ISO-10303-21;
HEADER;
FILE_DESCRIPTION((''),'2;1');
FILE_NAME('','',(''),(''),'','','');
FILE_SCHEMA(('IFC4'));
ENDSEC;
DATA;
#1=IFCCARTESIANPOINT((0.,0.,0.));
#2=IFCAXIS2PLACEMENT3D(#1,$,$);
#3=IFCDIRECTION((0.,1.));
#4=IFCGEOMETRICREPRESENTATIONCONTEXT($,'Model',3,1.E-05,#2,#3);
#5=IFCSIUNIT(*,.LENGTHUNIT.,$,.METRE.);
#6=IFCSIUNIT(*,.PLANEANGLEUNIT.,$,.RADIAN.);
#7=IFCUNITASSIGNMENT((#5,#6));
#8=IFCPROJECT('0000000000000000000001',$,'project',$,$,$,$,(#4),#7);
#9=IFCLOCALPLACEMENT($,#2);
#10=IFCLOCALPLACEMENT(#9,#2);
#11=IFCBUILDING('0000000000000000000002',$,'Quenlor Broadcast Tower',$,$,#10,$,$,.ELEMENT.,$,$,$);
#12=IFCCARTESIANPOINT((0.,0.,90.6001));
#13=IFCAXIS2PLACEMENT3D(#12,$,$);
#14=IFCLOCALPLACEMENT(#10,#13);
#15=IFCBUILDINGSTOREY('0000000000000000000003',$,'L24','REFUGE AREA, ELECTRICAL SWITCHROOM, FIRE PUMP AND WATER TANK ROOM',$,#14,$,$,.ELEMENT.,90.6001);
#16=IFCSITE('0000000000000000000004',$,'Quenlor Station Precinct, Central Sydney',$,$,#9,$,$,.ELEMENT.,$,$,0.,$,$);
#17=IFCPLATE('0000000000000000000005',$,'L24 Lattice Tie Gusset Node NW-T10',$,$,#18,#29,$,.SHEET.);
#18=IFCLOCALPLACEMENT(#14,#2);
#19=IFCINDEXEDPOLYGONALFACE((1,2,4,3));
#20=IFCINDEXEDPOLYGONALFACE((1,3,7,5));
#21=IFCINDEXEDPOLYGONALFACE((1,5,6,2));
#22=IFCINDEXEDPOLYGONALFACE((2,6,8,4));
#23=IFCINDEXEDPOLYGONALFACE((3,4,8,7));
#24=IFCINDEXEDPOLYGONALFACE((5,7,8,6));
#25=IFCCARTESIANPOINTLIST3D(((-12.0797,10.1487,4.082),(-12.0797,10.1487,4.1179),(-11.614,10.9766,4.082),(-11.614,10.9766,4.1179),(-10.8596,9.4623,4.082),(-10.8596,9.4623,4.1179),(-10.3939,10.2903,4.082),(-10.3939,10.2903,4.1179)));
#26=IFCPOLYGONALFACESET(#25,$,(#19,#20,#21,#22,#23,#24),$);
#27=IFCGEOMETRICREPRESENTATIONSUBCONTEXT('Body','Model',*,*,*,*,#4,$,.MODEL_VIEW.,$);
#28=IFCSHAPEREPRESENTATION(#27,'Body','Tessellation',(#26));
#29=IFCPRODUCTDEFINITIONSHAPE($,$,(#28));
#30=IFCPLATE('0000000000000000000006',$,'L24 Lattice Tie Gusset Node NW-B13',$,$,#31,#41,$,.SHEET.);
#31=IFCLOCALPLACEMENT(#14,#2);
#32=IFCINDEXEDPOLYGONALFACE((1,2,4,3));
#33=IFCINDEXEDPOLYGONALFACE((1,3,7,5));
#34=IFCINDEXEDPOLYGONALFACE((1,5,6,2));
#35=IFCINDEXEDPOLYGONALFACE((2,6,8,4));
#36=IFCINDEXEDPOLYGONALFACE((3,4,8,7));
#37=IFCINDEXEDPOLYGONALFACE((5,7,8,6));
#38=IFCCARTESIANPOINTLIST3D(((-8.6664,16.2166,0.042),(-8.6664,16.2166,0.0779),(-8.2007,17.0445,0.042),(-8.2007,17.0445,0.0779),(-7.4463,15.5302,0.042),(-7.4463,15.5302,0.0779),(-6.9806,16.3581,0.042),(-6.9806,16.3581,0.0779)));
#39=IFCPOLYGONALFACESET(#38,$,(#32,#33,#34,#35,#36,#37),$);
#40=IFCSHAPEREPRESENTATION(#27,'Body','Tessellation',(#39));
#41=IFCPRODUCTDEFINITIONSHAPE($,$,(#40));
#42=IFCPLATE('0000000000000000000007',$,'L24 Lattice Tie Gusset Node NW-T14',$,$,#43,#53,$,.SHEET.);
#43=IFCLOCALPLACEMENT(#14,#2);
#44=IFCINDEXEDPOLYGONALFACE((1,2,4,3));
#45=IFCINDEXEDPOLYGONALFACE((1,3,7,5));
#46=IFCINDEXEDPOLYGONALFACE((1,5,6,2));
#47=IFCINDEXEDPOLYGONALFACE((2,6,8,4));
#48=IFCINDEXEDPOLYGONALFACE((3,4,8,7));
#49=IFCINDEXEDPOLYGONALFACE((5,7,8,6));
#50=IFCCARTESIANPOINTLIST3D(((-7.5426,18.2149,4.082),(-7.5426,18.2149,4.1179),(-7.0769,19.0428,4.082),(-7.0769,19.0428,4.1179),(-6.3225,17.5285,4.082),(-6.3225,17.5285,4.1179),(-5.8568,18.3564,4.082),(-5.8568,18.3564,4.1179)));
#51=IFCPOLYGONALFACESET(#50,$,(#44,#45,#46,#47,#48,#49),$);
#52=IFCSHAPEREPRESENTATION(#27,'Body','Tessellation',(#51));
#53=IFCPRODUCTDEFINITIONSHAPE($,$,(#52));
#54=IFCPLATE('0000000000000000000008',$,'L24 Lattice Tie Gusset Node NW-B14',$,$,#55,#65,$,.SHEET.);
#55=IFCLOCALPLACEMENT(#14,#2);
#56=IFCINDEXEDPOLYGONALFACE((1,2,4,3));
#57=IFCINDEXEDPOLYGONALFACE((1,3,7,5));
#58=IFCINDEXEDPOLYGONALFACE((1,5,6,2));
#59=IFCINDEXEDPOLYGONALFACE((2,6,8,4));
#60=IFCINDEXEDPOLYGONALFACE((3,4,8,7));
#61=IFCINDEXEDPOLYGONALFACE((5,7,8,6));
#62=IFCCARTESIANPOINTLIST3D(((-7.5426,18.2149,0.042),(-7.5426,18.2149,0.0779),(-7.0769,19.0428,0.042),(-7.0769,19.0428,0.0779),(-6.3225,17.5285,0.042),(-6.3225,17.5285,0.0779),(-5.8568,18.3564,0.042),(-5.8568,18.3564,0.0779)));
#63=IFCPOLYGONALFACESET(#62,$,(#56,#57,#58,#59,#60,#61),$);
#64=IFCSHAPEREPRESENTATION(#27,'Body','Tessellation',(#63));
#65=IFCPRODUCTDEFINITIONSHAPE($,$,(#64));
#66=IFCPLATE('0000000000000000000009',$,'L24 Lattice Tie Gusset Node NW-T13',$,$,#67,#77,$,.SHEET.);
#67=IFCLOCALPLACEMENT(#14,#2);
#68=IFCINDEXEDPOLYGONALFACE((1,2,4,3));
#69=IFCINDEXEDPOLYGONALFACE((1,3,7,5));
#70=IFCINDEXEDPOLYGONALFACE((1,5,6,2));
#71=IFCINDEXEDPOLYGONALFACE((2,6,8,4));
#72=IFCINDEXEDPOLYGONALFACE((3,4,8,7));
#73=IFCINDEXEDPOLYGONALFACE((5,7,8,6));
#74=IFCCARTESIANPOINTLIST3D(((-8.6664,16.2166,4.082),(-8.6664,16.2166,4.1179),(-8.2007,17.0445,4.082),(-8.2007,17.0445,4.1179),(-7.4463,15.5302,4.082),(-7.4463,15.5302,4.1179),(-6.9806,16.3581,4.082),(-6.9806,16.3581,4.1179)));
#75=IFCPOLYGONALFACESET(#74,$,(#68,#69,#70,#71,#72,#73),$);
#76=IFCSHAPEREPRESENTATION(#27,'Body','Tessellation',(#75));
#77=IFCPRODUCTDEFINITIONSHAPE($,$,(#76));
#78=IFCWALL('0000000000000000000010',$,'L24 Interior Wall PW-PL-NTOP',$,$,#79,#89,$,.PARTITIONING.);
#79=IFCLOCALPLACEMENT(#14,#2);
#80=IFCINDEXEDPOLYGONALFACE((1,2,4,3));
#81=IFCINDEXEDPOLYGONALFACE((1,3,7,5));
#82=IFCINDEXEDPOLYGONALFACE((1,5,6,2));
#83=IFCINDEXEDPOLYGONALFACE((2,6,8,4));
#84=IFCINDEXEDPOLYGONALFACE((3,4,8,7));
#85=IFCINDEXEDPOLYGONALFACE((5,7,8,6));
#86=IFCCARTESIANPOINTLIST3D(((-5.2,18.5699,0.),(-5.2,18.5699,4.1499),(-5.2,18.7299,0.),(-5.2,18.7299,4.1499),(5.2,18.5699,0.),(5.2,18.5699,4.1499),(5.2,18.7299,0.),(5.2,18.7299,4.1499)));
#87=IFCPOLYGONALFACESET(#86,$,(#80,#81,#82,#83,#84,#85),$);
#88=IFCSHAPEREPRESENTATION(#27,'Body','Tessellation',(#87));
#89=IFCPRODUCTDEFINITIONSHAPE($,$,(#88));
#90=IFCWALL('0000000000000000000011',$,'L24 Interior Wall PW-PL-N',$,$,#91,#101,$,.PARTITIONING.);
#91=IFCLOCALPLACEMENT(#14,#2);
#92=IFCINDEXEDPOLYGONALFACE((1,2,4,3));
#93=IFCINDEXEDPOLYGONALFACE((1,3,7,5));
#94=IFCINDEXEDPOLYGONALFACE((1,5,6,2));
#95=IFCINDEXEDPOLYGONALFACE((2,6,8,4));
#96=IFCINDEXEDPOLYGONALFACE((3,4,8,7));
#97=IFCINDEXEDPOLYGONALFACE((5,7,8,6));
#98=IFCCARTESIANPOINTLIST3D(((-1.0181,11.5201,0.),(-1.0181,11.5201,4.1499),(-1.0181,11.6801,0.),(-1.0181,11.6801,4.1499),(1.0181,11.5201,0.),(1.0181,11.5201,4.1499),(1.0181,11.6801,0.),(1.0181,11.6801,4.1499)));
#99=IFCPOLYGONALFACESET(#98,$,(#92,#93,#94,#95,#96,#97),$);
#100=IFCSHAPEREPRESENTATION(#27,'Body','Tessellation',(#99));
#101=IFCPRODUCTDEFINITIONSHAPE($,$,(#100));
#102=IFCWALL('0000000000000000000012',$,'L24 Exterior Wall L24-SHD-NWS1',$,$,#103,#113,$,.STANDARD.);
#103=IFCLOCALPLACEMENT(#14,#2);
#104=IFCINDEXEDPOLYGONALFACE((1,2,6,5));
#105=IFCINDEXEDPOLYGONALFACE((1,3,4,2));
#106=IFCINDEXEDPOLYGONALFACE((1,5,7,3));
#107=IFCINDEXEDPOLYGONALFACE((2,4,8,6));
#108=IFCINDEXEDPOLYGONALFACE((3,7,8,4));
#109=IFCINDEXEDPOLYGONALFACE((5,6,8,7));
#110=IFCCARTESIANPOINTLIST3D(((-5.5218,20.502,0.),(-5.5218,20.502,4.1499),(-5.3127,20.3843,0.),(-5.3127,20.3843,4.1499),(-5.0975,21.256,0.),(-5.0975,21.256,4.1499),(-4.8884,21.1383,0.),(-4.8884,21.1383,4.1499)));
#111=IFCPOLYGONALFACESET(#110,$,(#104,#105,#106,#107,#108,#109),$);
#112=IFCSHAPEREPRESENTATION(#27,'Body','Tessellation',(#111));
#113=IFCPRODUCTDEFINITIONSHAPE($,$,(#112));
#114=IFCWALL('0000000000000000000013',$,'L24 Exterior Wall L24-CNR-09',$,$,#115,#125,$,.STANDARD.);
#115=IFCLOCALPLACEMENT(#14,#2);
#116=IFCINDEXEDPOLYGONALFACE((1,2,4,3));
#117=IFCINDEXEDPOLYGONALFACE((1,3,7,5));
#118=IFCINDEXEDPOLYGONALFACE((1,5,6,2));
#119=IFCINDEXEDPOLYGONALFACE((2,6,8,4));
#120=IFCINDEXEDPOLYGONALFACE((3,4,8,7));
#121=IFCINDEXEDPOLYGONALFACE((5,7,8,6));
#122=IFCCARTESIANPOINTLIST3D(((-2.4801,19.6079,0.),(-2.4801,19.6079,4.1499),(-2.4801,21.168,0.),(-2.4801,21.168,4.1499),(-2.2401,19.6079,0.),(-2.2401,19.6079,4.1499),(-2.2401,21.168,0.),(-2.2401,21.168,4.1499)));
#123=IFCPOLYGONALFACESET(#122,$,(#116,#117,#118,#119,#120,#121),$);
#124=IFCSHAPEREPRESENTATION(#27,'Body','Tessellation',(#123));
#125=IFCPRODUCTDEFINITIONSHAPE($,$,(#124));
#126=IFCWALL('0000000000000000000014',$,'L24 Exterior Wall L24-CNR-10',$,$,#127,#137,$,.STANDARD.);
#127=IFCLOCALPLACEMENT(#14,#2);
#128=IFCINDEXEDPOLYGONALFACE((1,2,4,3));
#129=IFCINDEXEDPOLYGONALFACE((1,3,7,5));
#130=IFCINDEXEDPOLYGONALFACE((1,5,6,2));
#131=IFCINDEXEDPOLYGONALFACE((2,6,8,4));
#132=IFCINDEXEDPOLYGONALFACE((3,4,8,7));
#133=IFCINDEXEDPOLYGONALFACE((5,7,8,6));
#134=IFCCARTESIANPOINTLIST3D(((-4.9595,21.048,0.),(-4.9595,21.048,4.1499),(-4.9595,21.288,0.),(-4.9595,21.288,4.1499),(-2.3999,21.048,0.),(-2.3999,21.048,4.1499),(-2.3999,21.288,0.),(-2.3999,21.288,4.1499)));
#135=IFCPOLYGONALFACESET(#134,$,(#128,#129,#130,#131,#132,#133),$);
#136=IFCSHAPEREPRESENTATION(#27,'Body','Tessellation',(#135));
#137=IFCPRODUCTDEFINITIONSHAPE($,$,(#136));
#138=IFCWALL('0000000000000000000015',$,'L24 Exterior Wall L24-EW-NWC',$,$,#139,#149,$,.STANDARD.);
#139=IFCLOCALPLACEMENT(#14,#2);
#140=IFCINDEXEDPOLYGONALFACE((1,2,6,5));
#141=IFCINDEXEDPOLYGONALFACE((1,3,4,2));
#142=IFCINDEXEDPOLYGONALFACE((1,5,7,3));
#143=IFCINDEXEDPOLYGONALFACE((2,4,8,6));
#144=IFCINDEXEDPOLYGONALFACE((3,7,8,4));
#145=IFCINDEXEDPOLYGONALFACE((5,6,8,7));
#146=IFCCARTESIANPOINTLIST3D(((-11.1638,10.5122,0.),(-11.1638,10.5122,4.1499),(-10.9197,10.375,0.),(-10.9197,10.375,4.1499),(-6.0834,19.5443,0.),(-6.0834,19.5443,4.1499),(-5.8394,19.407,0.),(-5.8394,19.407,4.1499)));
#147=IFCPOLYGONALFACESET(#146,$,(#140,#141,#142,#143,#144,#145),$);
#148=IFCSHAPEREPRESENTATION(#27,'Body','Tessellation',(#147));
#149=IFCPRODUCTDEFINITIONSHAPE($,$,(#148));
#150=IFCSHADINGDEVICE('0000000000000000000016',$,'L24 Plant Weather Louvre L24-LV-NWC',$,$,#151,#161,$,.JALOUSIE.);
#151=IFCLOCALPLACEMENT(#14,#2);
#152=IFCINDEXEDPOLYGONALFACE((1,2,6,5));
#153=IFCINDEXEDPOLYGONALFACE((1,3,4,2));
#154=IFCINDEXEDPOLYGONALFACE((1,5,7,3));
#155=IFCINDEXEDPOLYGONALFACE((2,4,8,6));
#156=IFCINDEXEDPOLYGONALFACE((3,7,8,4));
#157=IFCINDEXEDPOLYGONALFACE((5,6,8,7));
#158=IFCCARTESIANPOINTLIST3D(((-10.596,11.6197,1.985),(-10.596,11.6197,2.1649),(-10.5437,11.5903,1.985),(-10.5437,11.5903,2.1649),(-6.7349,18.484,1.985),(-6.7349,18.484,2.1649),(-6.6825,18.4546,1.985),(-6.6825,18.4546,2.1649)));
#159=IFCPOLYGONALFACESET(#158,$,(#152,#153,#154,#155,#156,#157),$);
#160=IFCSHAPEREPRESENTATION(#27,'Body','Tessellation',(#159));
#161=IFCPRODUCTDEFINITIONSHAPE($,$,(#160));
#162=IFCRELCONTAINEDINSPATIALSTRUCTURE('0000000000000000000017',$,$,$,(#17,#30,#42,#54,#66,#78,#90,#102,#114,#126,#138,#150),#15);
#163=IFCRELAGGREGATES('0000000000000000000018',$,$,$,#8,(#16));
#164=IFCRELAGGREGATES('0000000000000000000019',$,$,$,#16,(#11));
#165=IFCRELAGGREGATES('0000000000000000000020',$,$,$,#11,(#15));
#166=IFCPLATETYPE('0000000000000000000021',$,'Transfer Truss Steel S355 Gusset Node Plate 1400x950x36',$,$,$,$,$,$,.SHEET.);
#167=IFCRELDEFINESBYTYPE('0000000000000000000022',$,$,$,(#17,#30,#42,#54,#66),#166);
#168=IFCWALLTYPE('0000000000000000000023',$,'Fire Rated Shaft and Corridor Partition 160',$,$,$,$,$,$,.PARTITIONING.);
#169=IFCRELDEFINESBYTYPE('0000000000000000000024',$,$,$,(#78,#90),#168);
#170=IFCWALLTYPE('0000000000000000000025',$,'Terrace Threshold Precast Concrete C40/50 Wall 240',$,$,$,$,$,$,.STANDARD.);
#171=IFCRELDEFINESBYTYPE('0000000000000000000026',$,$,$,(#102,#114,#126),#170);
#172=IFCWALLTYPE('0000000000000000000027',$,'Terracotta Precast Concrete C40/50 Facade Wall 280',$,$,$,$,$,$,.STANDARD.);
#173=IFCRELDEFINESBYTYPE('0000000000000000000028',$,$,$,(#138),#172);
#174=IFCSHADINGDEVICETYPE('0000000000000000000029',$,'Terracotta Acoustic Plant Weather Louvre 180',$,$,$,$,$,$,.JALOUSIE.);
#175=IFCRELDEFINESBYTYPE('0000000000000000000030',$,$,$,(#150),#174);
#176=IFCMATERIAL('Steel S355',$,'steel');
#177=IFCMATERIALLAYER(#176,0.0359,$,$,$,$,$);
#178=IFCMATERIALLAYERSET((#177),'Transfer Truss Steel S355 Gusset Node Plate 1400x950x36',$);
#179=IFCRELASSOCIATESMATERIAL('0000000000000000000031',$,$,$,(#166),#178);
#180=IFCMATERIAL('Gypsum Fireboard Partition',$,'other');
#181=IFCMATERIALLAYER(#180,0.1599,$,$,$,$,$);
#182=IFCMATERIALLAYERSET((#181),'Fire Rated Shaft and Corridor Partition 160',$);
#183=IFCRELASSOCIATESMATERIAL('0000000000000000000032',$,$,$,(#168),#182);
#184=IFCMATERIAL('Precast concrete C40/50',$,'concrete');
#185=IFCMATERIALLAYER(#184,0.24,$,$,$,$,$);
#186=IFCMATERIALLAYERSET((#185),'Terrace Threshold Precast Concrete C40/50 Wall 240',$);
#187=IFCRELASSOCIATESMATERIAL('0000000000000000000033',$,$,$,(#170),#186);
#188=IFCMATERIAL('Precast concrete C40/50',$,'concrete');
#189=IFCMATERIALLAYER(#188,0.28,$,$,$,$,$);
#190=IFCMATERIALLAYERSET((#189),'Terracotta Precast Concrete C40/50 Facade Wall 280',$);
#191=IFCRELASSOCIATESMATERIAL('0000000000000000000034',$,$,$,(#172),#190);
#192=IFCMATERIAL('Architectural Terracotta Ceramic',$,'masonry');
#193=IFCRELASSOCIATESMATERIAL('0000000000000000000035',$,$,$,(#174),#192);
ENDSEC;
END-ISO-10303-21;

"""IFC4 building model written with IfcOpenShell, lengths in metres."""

from ifc_helpers import new_model, si_unit, direction, frame, frame_2d, origin, origin_2d, place, context, subcontext, project, spatial, rectangle, extrude, material, layer, layer_set, material_profile, profile_set, type_object, element, save


model = new_model("IFC4")

# Units and contexts
model_context = context("Model", 3, precision=1e-05, world=origin(), true_north=direction((0.0, 1.0)))
body_context = subcontext(model_context, "Body", "Model", "MODEL_VIEW")
ifc_project = project(units=[si_unit("LENGTHUNIT", "METRE"), si_unit("PLANEANGLEUNIT", "RADIAN")], contexts=[model_context])

# Site, building, storey
site_placement = place(None, origin())
site = spatial("IfcSite", under=ifc_project, at=site_placement, Name="Quenlor Station Precinct, Central Sydney", CompositionType="ELEMENT", RefElevation=0.0)
building_placement = place(site_placement, origin())
building = spatial("IfcBuilding", under=site, at=building_placement, Name="Quenlor Broadcast Tower", CompositionType="ELEMENT")
storey_placement = place(building_placement, frame((0.0, 0.0, 90.6001)))
storey = spatial("IfcBuildingStorey", under=building, at=storey_placement, Name="L24", Description="REFUGE AREA, ELECTRICAL SWITCHROOM, FIRE PUMP AND WATER TANK ROOM", CompositionType="ELEMENT", Elevation=90.6001)

# Plates
ifc_material_1 = material(Name="Steel S355", Category="steel")
ifc_layer_1 = layer(ifc_material_1, 0.0359)
ifc_layer_set_1 = layer_set([ifc_layer_1], Name="Transfer Truss Steel S355 Gusset Node Plate 1400x950x36")
plate_type_1 = type_object("IfcPlateType", Name="Transfer Truss Steel S355 Gusset Node Plate 1400x950x36", PredefinedType="SHEET", material=ifc_layer_set_1)
for number, where, z_axis, x_axis, name in (
    (1, (-11.2368, 10.2195, 4.082), (0.0, 0.0, 1.0), (-0.871556, 0.490295, 0.0), "L24 Lattice Tie Gusset Node NW-T10"),
    (2, (-7.8235, 16.2874, 0.042), (0.0, 0.0, 1.0), (-0.871556, 0.490295, 0.0), "L24 Lattice Tie Gusset Node NW-B13"),
    (3, (-6.6997, 18.2856, 4.082), (0.0, 0.0, 1.0), (-0.871556, 0.490295, 0.0), "L24 Lattice Tie Gusset Node NW-T14"),
    (4, (-6.6997, 18.2856, 0.042), (0.0, 0.0, 1.0), (-0.871556, 0.490295, 0.0), "L24 Lattice Tie Gusset Node NW-B14"),
    (5, (-7.8235, 16.2874, 4.082), (0.0, 0.0, 1.0), (-0.871556, 0.490295, 0.0), "L24 Lattice Tie Gusset Node NW-T13"),
):
    element("IfcPlate", number, at=place(storey_placement, frame(where, z_axis=z_axis, x_axis=x_axis)), inside=storey, type_object=plate_type_1, Name=name, PredefinedType="SHEET", context=body_context, shape_type="SweptSolid", body=[
        extrude(rectangle(XDim=1.3999, YDim=0.95, at=origin_2d()), origin(), (0.0, 0.0, 1.0), 0.0359),
    ])

# Walls
ifc_material_2 = material(Name="Gypsum Fireboard Partition", Category="other")
ifc_layer_2 = layer(ifc_material_2, 0.1599)
ifc_layer_set_2 = layer_set([ifc_layer_2], Name="Fire Rated Shaft and Corridor Partition 160")
wall_type_1 = type_object("IfcWallType", Name="Fire Rated Shaft and Corridor Partition 160", PredefinedType="PARTITIONING", material=ifc_layer_set_2)
wall_1_placement = place(storey_placement, frame((-5.2, 18.6499, 0.0), z_axis=(0.0, 0.0, 1.0), x_axis=(1.0, 0.0, 0.0)))
element("IfcWall", 6, at=wall_1_placement, inside=storey, type_object=wall_type_1, Name="L24 Interior Wall PW-PL-NTOP", PredefinedType="PARTITIONING", context=body_context, shape_type="SweptSolid", body=[
    extrude(rectangle(XDim=10.3999, YDim=0.1599, at=frame_2d((5.2, 0.0))), origin(), (0.0, 0.0, 1.0), 4.1499),
])
wall_2_placement = place(storey_placement, frame((-1.0181, 11.6001, 0.0), z_axis=(0.0, 0.0, 1.0), x_axis=(1.0, 0.0, 0.0)))
element("IfcWall", 7, at=wall_2_placement, inside=storey, type_object=wall_type_1, Name="L24 Interior Wall PW-PL-N", PredefinedType="PARTITIONING", context=body_context, shape_type="SweptSolid", body=[
    extrude(rectangle(XDim=2.0361, YDim=0.1599, at=frame_2d((1.0181, 0.0))), origin(), (0.0, 0.0, 1.0), 4.1499),
])
ifc_material_3 = material(Name="Precast concrete C40/50", Category="concrete")
ifc_layer_3 = layer(ifc_material_3, 0.24)
ifc_layer_set_3 = layer_set([ifc_layer_3], Name="Terrace Threshold Precast Concrete C40/50 Wall 240")
wall_type_2 = type_object("IfcWallType", Name="Terrace Threshold Precast Concrete C40/50 Wall 240", PredefinedType="STANDARD", material=ifc_layer_set_3)
wall_3_placement = place(storey_placement, frame((-5.4172, 20.4431, 0.0), z_axis=(0.0, 0.0, 1.0), x_axis=(0.490355, 0.871523, 0.0)))
element("IfcWall", 8, at=wall_3_placement, inside=storey, type_object=wall_type_2, Name="L24 Exterior Wall L24-SHD-NWS1", PredefinedType="STANDARD", context=body_context, shape_type="SweptSolid", body=[
    extrude(rectangle(XDim=0.8652, YDim=0.24, at=frame_2d((0.4326, 0.0))), origin(), (0.0, 0.0, 1.0), 4.1499),
])
wall_4_placement = place(storey_placement, frame((-2.3601, 19.6079, 0.0), z_axis=(0.0, 0.0, 1.0), x_axis=(0.0, 1.0, 0.0)))
element("IfcWall", 9, at=wall_4_placement, inside=storey, type_object=wall_type_2, Name="L24 Exterior Wall L24-CNR-09", PredefinedType="STANDARD", context=body_context, shape_type="SweptSolid", body=[
    extrude(rectangle(XDim=1.5601, YDim=0.24, at=frame_2d((0.78, 0.0))), origin(), (0.0, 0.0, 1.0), 4.1499),
])
wall_5_placement = place(storey_placement, frame((-2.3999, 21.168, 0.0), z_axis=(0.0, 0.0, 1.0), x_axis=(-1.0, 0.0, 0.0)))
element("IfcWall", 10, at=wall_5_placement, inside=storey, type_object=wall_type_2, Name="L24 Exterior Wall L24-CNR-10", PredefinedType="STANDARD", context=body_context, shape_type="SweptSolid", body=[
    extrude(rectangle(XDim=2.5596, YDim=0.24, at=frame_2d((1.2798, 0.0))), origin(), (0.0, 0.0, 1.0), 4.1499),
])
ifc_material_4 = material(Name="Precast concrete C40/50", Category="concrete")
ifc_layer_4 = layer(ifc_material_4, 0.28)
ifc_layer_set_4 = layer_set([ifc_layer_4], Name="Terracotta Precast Concrete C40/50 Facade Wall 280")
wall_type_3 = type_object("IfcWallType", Name="Terracotta Precast Concrete C40/50 Facade Wall 280", PredefinedType="STANDARD", material=ifc_layer_set_4)
wall_6_placement = place(storey_placement, frame((-11.0417, 10.4436, 0.0), z_axis=(0.0, 0.0, 1.0), x_axis=(0.490249, 0.871582, 0.0)))
element("IfcWall", 11, at=wall_6_placement, inside=storey, type_object=wall_type_3, Name="L24 Exterior Wall L24-EW-NWC", PredefinedType="STANDARD", context=body_context, shape_type="SweptSolid", body=[
    extrude(rectangle(XDim=10.3628, YDim=0.28, at=frame_2d((5.1814, 0.0))), origin(), (0.0, 0.0, 1.0), 4.1499),
])

# Shading device
ifc_material_5 = material(Name="Architectural Terracotta Ceramic", Category="masonry")
ifc_material_profile_1 = material_profile(ifc_material_5, rectangle(XDim=0.0601, YDim=0.1799, at=origin_2d()))
ifc_profile_set_1 = profile_set([ifc_material_profile_1], Name="Architectural Terracotta Ceramic LVR60x180")
shading_device_type = type_object("IfcShadingDeviceType", Name="Terracotta Acoustic Plant Weather Louvre 180", PredefinedType="JALOUSIE", material=ifc_profile_set_1)
shading_device_placement = place(storey_placement, frame((-10.5698, 11.605, 2.075), z_axis=(0.490255, 0.871579, 0.0), x_axis=(-0.871579, 0.490255, 0.0)))
element("IfcShadingDevice", 12, at=shading_device_placement, inside=storey, type_object=shading_device_type, Name="L24 Plant Weather Louvre L24-LV-NWC", PredefinedType="JALOUSIE", context=body_context, shape_type="SweptSolid", body=[
    extrude(rectangle(XDim=0.0601, YDim=0.1799, at=origin_2d()), origin(), (0.0, 0.0, 1.0), 7.8757),
])

save(model, "model.ifc")
